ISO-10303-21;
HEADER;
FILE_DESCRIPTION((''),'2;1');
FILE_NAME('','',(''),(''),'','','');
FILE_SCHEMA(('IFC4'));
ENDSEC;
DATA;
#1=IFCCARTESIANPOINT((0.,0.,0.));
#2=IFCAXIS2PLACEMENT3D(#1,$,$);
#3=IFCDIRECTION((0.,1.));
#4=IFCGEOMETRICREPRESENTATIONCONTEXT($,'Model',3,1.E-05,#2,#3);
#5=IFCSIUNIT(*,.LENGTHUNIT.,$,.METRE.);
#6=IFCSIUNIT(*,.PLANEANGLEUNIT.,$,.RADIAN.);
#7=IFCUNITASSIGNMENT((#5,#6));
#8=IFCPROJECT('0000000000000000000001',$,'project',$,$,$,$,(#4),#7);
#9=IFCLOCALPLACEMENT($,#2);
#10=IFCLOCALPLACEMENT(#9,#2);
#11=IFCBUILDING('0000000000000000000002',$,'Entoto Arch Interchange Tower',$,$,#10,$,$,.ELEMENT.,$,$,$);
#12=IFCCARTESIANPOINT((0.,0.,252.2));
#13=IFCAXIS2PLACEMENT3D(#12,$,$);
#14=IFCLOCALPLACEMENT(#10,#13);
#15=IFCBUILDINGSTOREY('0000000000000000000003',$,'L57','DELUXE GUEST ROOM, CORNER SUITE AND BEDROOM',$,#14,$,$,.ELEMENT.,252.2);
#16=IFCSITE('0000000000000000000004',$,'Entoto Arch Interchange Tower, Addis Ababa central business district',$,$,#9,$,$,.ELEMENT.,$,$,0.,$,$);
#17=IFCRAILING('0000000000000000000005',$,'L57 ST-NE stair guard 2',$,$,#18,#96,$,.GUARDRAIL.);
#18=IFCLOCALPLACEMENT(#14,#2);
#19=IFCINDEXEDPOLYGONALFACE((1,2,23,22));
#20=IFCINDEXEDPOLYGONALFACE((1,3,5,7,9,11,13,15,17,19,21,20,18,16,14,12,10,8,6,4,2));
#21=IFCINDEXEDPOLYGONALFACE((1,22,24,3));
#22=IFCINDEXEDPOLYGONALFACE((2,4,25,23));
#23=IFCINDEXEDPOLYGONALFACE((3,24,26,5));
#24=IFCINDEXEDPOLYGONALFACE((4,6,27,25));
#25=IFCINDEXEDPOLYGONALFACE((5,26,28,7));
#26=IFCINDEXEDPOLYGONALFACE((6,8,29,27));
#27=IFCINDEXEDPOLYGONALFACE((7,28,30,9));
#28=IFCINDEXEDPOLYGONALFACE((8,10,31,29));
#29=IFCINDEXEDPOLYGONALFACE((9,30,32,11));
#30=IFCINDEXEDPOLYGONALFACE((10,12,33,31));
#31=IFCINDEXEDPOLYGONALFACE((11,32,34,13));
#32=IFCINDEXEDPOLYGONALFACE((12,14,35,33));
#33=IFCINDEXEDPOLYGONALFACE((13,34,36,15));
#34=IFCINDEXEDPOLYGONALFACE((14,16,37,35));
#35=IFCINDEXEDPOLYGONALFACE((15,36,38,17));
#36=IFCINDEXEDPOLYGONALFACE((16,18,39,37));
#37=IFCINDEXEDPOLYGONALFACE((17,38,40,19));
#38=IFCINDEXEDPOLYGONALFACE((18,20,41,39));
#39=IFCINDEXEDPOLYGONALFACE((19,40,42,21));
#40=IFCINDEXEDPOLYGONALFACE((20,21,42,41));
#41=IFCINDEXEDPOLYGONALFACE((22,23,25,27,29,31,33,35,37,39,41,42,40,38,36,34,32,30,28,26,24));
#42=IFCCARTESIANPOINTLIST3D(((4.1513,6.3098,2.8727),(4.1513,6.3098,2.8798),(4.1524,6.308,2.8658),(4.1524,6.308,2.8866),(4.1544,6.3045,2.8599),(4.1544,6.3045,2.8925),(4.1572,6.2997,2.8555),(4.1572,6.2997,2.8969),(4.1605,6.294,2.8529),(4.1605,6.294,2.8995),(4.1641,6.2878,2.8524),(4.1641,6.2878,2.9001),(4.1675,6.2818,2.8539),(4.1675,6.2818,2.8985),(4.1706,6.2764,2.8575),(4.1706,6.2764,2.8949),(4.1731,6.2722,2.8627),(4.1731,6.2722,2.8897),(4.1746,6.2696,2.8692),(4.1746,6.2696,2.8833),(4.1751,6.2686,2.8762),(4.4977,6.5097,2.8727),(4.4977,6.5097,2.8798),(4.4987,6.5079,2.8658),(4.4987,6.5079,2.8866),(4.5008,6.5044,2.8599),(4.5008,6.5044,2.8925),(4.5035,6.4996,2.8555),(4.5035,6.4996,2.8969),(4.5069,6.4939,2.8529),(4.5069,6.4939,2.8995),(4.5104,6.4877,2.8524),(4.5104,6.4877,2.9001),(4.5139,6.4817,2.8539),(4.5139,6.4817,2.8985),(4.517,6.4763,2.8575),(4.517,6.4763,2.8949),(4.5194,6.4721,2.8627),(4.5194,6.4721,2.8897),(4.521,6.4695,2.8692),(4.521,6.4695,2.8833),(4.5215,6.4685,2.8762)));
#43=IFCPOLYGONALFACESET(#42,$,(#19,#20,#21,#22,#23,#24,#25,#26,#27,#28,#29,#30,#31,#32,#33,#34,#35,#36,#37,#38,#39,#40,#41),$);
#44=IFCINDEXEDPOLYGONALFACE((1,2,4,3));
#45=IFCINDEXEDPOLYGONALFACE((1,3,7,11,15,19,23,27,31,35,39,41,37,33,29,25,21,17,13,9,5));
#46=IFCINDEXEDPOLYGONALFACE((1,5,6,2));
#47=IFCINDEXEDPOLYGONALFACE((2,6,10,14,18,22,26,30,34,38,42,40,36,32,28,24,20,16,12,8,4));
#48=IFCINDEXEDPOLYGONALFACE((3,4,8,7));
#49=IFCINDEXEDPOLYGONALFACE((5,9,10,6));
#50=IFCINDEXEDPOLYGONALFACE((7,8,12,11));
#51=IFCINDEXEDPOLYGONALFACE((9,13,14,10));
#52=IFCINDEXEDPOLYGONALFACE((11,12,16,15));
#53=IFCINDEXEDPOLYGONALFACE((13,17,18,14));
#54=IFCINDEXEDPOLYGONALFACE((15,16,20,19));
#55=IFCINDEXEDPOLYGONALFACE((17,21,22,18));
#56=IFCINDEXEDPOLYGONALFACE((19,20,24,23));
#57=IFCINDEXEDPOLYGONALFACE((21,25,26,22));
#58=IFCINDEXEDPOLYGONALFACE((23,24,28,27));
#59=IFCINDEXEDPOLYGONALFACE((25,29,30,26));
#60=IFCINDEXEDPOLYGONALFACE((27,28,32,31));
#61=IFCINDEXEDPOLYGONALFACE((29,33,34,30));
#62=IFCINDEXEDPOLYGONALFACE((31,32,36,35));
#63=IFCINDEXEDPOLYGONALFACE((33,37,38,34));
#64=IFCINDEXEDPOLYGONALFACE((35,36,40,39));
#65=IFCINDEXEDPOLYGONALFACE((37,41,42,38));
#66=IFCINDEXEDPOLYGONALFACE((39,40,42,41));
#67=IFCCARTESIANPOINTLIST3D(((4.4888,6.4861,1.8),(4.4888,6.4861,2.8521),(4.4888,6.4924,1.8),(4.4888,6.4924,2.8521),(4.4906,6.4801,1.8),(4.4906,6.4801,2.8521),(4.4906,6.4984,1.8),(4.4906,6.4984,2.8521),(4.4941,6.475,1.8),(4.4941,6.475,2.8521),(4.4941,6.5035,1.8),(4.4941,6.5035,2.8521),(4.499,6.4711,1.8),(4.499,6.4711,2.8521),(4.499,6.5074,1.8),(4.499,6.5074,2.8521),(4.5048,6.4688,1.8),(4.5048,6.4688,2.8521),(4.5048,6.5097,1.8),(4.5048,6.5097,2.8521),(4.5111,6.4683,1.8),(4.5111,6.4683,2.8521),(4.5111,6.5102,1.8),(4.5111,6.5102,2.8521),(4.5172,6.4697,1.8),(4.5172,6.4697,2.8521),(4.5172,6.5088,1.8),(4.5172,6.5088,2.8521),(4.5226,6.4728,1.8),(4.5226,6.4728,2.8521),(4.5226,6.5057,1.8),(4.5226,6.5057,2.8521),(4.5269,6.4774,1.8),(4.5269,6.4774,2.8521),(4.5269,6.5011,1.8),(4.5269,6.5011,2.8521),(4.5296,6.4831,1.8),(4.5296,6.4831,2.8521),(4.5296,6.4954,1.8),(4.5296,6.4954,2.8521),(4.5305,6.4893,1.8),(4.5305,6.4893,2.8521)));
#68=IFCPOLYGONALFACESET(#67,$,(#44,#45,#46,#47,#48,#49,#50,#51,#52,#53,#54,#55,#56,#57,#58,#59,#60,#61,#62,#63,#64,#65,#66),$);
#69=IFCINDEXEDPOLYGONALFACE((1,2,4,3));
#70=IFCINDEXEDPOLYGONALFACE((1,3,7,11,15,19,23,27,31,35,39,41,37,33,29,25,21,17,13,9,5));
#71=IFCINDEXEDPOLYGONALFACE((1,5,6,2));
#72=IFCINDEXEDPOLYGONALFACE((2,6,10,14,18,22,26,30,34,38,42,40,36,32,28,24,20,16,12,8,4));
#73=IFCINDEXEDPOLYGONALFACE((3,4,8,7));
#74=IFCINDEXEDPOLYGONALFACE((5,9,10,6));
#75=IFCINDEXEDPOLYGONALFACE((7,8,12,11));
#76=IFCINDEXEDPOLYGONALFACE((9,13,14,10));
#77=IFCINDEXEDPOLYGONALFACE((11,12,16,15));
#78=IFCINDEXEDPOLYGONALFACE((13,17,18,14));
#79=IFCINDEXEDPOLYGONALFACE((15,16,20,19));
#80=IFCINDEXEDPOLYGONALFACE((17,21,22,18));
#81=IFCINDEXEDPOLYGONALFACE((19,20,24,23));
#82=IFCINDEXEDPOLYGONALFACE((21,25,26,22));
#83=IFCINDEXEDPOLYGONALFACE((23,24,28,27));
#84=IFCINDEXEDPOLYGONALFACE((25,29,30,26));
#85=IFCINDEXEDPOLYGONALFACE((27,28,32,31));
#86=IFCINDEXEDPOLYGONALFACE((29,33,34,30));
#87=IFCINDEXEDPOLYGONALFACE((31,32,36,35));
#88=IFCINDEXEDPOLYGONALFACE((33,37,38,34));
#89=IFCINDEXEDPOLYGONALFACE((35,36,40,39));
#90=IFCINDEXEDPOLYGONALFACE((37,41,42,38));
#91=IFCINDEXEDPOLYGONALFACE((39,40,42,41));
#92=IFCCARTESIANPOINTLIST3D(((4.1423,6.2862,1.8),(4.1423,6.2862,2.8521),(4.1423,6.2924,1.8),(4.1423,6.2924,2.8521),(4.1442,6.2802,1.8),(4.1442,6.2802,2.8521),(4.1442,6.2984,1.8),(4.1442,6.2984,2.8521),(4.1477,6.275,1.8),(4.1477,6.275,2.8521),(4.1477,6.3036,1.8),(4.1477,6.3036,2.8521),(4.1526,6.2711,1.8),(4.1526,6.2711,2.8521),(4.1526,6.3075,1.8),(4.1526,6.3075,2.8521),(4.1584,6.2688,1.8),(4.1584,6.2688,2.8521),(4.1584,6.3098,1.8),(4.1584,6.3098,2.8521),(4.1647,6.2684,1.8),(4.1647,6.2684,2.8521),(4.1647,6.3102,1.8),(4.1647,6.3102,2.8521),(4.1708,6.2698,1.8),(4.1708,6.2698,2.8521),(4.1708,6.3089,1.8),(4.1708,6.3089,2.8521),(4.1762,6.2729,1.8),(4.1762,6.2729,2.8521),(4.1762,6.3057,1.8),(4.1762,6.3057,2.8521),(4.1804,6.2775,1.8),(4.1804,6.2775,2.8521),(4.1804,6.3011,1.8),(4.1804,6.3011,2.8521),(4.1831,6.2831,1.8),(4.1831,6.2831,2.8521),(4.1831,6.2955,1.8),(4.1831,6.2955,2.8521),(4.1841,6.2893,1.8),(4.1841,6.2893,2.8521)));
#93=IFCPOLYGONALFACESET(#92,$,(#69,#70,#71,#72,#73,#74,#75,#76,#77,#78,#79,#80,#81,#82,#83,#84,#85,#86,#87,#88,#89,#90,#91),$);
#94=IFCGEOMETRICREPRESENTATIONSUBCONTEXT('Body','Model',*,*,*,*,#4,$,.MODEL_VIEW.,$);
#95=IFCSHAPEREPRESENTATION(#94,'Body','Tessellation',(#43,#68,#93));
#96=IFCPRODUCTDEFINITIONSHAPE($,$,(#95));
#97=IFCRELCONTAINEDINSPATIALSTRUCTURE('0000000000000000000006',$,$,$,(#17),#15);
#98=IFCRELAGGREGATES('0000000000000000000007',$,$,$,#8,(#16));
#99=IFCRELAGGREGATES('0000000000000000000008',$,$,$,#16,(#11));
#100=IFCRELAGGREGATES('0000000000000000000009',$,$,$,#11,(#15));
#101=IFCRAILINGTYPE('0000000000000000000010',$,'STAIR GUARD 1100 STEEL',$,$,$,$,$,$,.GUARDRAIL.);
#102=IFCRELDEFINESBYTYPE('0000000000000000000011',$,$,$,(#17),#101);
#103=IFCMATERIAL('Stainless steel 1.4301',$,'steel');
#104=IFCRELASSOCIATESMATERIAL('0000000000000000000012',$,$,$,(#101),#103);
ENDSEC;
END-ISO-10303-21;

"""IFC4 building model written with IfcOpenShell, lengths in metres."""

from ifc_helpers import new_model, si_unit, direction, frame, origin, origin_2d, place, context, subcontext, project, spatial, circle, extrude, material, type_object, element, save


model = new_model("IFC4")

# Units and contexts
model_context = context("Model", 3, precision=1e-05, world=origin(), true_north=direction((0.0, 1.0)))
body_context = subcontext(model_context, "Body", "Model", "MODEL_VIEW")
ifc_project = project(units=[si_unit("LENGTHUNIT", "METRE"), si_unit("PLANEANGLEUNIT", "RADIAN")], contexts=[model_context])

# Site, building, storey
site_placement = place(None, origin())
site = spatial("IfcSite", under=ifc_project, at=site_placement, Name="Entoto Arch Interchange Tower, Addis Ababa central business district", CompositionType="ELEMENT", RefElevation=0.0)
building_placement = place(site_placement, origin())
building = spatial("IfcBuilding", under=site, at=building_placement, Name="Entoto Arch Interchange Tower", CompositionType="ELEMENT")
storey_placement = place(building_placement, frame((0.0, 0.0, 252.2)))
storey = spatial("IfcBuildingStorey", under=building, at=storey_placement, Name="L57", Description="DELUXE GUEST ROOM, CORNER SUITE AND BEDROOM", CompositionType="ELEMENT", Elevation=252.2)

# Railing
ifc_material_1 = material(Name="Stainless steel 1.4301", Category="steel")
railing_type_1 = type_object("IfcRailingType", Name="STAIR GUARD 1100 STEEL", PredefinedType="GUARDRAIL", material=ifc_material_1)
railing_1_placement = place(storey_placement, frame((4.5095, 6.4893, 1.8)))
element("IfcRailing", 1, at=railing_1_placement, inside=storey, type_object=railing_type_1, Name="L57 ST-NE stair guard 2", PredefinedType="GUARDRAIL", context=body_context, shape_type="SweptSolid", body=[
    extrude(circle(Radius=0.0239, at=origin_2d()), frame((0.0, 0.0, 1.0762), z_axis=(-0.866094, -0.499881, 0.0), x_axis=(0.499881, -0.866094, 0.0)), (0.0, 0.0, 1.0), 0.3999),
    extrude(circle(Radius=0.021, at=origin_2d()), origin(), (0.0, 0.0, 1.0), 1.052),
    extrude(circle(Radius=0.021, at=origin_2d()), frame((-0.3464, -0.2, 0.0)), (0.0, 0.0, 1.0), 1.052),
])

save(model, "model.ifc")
